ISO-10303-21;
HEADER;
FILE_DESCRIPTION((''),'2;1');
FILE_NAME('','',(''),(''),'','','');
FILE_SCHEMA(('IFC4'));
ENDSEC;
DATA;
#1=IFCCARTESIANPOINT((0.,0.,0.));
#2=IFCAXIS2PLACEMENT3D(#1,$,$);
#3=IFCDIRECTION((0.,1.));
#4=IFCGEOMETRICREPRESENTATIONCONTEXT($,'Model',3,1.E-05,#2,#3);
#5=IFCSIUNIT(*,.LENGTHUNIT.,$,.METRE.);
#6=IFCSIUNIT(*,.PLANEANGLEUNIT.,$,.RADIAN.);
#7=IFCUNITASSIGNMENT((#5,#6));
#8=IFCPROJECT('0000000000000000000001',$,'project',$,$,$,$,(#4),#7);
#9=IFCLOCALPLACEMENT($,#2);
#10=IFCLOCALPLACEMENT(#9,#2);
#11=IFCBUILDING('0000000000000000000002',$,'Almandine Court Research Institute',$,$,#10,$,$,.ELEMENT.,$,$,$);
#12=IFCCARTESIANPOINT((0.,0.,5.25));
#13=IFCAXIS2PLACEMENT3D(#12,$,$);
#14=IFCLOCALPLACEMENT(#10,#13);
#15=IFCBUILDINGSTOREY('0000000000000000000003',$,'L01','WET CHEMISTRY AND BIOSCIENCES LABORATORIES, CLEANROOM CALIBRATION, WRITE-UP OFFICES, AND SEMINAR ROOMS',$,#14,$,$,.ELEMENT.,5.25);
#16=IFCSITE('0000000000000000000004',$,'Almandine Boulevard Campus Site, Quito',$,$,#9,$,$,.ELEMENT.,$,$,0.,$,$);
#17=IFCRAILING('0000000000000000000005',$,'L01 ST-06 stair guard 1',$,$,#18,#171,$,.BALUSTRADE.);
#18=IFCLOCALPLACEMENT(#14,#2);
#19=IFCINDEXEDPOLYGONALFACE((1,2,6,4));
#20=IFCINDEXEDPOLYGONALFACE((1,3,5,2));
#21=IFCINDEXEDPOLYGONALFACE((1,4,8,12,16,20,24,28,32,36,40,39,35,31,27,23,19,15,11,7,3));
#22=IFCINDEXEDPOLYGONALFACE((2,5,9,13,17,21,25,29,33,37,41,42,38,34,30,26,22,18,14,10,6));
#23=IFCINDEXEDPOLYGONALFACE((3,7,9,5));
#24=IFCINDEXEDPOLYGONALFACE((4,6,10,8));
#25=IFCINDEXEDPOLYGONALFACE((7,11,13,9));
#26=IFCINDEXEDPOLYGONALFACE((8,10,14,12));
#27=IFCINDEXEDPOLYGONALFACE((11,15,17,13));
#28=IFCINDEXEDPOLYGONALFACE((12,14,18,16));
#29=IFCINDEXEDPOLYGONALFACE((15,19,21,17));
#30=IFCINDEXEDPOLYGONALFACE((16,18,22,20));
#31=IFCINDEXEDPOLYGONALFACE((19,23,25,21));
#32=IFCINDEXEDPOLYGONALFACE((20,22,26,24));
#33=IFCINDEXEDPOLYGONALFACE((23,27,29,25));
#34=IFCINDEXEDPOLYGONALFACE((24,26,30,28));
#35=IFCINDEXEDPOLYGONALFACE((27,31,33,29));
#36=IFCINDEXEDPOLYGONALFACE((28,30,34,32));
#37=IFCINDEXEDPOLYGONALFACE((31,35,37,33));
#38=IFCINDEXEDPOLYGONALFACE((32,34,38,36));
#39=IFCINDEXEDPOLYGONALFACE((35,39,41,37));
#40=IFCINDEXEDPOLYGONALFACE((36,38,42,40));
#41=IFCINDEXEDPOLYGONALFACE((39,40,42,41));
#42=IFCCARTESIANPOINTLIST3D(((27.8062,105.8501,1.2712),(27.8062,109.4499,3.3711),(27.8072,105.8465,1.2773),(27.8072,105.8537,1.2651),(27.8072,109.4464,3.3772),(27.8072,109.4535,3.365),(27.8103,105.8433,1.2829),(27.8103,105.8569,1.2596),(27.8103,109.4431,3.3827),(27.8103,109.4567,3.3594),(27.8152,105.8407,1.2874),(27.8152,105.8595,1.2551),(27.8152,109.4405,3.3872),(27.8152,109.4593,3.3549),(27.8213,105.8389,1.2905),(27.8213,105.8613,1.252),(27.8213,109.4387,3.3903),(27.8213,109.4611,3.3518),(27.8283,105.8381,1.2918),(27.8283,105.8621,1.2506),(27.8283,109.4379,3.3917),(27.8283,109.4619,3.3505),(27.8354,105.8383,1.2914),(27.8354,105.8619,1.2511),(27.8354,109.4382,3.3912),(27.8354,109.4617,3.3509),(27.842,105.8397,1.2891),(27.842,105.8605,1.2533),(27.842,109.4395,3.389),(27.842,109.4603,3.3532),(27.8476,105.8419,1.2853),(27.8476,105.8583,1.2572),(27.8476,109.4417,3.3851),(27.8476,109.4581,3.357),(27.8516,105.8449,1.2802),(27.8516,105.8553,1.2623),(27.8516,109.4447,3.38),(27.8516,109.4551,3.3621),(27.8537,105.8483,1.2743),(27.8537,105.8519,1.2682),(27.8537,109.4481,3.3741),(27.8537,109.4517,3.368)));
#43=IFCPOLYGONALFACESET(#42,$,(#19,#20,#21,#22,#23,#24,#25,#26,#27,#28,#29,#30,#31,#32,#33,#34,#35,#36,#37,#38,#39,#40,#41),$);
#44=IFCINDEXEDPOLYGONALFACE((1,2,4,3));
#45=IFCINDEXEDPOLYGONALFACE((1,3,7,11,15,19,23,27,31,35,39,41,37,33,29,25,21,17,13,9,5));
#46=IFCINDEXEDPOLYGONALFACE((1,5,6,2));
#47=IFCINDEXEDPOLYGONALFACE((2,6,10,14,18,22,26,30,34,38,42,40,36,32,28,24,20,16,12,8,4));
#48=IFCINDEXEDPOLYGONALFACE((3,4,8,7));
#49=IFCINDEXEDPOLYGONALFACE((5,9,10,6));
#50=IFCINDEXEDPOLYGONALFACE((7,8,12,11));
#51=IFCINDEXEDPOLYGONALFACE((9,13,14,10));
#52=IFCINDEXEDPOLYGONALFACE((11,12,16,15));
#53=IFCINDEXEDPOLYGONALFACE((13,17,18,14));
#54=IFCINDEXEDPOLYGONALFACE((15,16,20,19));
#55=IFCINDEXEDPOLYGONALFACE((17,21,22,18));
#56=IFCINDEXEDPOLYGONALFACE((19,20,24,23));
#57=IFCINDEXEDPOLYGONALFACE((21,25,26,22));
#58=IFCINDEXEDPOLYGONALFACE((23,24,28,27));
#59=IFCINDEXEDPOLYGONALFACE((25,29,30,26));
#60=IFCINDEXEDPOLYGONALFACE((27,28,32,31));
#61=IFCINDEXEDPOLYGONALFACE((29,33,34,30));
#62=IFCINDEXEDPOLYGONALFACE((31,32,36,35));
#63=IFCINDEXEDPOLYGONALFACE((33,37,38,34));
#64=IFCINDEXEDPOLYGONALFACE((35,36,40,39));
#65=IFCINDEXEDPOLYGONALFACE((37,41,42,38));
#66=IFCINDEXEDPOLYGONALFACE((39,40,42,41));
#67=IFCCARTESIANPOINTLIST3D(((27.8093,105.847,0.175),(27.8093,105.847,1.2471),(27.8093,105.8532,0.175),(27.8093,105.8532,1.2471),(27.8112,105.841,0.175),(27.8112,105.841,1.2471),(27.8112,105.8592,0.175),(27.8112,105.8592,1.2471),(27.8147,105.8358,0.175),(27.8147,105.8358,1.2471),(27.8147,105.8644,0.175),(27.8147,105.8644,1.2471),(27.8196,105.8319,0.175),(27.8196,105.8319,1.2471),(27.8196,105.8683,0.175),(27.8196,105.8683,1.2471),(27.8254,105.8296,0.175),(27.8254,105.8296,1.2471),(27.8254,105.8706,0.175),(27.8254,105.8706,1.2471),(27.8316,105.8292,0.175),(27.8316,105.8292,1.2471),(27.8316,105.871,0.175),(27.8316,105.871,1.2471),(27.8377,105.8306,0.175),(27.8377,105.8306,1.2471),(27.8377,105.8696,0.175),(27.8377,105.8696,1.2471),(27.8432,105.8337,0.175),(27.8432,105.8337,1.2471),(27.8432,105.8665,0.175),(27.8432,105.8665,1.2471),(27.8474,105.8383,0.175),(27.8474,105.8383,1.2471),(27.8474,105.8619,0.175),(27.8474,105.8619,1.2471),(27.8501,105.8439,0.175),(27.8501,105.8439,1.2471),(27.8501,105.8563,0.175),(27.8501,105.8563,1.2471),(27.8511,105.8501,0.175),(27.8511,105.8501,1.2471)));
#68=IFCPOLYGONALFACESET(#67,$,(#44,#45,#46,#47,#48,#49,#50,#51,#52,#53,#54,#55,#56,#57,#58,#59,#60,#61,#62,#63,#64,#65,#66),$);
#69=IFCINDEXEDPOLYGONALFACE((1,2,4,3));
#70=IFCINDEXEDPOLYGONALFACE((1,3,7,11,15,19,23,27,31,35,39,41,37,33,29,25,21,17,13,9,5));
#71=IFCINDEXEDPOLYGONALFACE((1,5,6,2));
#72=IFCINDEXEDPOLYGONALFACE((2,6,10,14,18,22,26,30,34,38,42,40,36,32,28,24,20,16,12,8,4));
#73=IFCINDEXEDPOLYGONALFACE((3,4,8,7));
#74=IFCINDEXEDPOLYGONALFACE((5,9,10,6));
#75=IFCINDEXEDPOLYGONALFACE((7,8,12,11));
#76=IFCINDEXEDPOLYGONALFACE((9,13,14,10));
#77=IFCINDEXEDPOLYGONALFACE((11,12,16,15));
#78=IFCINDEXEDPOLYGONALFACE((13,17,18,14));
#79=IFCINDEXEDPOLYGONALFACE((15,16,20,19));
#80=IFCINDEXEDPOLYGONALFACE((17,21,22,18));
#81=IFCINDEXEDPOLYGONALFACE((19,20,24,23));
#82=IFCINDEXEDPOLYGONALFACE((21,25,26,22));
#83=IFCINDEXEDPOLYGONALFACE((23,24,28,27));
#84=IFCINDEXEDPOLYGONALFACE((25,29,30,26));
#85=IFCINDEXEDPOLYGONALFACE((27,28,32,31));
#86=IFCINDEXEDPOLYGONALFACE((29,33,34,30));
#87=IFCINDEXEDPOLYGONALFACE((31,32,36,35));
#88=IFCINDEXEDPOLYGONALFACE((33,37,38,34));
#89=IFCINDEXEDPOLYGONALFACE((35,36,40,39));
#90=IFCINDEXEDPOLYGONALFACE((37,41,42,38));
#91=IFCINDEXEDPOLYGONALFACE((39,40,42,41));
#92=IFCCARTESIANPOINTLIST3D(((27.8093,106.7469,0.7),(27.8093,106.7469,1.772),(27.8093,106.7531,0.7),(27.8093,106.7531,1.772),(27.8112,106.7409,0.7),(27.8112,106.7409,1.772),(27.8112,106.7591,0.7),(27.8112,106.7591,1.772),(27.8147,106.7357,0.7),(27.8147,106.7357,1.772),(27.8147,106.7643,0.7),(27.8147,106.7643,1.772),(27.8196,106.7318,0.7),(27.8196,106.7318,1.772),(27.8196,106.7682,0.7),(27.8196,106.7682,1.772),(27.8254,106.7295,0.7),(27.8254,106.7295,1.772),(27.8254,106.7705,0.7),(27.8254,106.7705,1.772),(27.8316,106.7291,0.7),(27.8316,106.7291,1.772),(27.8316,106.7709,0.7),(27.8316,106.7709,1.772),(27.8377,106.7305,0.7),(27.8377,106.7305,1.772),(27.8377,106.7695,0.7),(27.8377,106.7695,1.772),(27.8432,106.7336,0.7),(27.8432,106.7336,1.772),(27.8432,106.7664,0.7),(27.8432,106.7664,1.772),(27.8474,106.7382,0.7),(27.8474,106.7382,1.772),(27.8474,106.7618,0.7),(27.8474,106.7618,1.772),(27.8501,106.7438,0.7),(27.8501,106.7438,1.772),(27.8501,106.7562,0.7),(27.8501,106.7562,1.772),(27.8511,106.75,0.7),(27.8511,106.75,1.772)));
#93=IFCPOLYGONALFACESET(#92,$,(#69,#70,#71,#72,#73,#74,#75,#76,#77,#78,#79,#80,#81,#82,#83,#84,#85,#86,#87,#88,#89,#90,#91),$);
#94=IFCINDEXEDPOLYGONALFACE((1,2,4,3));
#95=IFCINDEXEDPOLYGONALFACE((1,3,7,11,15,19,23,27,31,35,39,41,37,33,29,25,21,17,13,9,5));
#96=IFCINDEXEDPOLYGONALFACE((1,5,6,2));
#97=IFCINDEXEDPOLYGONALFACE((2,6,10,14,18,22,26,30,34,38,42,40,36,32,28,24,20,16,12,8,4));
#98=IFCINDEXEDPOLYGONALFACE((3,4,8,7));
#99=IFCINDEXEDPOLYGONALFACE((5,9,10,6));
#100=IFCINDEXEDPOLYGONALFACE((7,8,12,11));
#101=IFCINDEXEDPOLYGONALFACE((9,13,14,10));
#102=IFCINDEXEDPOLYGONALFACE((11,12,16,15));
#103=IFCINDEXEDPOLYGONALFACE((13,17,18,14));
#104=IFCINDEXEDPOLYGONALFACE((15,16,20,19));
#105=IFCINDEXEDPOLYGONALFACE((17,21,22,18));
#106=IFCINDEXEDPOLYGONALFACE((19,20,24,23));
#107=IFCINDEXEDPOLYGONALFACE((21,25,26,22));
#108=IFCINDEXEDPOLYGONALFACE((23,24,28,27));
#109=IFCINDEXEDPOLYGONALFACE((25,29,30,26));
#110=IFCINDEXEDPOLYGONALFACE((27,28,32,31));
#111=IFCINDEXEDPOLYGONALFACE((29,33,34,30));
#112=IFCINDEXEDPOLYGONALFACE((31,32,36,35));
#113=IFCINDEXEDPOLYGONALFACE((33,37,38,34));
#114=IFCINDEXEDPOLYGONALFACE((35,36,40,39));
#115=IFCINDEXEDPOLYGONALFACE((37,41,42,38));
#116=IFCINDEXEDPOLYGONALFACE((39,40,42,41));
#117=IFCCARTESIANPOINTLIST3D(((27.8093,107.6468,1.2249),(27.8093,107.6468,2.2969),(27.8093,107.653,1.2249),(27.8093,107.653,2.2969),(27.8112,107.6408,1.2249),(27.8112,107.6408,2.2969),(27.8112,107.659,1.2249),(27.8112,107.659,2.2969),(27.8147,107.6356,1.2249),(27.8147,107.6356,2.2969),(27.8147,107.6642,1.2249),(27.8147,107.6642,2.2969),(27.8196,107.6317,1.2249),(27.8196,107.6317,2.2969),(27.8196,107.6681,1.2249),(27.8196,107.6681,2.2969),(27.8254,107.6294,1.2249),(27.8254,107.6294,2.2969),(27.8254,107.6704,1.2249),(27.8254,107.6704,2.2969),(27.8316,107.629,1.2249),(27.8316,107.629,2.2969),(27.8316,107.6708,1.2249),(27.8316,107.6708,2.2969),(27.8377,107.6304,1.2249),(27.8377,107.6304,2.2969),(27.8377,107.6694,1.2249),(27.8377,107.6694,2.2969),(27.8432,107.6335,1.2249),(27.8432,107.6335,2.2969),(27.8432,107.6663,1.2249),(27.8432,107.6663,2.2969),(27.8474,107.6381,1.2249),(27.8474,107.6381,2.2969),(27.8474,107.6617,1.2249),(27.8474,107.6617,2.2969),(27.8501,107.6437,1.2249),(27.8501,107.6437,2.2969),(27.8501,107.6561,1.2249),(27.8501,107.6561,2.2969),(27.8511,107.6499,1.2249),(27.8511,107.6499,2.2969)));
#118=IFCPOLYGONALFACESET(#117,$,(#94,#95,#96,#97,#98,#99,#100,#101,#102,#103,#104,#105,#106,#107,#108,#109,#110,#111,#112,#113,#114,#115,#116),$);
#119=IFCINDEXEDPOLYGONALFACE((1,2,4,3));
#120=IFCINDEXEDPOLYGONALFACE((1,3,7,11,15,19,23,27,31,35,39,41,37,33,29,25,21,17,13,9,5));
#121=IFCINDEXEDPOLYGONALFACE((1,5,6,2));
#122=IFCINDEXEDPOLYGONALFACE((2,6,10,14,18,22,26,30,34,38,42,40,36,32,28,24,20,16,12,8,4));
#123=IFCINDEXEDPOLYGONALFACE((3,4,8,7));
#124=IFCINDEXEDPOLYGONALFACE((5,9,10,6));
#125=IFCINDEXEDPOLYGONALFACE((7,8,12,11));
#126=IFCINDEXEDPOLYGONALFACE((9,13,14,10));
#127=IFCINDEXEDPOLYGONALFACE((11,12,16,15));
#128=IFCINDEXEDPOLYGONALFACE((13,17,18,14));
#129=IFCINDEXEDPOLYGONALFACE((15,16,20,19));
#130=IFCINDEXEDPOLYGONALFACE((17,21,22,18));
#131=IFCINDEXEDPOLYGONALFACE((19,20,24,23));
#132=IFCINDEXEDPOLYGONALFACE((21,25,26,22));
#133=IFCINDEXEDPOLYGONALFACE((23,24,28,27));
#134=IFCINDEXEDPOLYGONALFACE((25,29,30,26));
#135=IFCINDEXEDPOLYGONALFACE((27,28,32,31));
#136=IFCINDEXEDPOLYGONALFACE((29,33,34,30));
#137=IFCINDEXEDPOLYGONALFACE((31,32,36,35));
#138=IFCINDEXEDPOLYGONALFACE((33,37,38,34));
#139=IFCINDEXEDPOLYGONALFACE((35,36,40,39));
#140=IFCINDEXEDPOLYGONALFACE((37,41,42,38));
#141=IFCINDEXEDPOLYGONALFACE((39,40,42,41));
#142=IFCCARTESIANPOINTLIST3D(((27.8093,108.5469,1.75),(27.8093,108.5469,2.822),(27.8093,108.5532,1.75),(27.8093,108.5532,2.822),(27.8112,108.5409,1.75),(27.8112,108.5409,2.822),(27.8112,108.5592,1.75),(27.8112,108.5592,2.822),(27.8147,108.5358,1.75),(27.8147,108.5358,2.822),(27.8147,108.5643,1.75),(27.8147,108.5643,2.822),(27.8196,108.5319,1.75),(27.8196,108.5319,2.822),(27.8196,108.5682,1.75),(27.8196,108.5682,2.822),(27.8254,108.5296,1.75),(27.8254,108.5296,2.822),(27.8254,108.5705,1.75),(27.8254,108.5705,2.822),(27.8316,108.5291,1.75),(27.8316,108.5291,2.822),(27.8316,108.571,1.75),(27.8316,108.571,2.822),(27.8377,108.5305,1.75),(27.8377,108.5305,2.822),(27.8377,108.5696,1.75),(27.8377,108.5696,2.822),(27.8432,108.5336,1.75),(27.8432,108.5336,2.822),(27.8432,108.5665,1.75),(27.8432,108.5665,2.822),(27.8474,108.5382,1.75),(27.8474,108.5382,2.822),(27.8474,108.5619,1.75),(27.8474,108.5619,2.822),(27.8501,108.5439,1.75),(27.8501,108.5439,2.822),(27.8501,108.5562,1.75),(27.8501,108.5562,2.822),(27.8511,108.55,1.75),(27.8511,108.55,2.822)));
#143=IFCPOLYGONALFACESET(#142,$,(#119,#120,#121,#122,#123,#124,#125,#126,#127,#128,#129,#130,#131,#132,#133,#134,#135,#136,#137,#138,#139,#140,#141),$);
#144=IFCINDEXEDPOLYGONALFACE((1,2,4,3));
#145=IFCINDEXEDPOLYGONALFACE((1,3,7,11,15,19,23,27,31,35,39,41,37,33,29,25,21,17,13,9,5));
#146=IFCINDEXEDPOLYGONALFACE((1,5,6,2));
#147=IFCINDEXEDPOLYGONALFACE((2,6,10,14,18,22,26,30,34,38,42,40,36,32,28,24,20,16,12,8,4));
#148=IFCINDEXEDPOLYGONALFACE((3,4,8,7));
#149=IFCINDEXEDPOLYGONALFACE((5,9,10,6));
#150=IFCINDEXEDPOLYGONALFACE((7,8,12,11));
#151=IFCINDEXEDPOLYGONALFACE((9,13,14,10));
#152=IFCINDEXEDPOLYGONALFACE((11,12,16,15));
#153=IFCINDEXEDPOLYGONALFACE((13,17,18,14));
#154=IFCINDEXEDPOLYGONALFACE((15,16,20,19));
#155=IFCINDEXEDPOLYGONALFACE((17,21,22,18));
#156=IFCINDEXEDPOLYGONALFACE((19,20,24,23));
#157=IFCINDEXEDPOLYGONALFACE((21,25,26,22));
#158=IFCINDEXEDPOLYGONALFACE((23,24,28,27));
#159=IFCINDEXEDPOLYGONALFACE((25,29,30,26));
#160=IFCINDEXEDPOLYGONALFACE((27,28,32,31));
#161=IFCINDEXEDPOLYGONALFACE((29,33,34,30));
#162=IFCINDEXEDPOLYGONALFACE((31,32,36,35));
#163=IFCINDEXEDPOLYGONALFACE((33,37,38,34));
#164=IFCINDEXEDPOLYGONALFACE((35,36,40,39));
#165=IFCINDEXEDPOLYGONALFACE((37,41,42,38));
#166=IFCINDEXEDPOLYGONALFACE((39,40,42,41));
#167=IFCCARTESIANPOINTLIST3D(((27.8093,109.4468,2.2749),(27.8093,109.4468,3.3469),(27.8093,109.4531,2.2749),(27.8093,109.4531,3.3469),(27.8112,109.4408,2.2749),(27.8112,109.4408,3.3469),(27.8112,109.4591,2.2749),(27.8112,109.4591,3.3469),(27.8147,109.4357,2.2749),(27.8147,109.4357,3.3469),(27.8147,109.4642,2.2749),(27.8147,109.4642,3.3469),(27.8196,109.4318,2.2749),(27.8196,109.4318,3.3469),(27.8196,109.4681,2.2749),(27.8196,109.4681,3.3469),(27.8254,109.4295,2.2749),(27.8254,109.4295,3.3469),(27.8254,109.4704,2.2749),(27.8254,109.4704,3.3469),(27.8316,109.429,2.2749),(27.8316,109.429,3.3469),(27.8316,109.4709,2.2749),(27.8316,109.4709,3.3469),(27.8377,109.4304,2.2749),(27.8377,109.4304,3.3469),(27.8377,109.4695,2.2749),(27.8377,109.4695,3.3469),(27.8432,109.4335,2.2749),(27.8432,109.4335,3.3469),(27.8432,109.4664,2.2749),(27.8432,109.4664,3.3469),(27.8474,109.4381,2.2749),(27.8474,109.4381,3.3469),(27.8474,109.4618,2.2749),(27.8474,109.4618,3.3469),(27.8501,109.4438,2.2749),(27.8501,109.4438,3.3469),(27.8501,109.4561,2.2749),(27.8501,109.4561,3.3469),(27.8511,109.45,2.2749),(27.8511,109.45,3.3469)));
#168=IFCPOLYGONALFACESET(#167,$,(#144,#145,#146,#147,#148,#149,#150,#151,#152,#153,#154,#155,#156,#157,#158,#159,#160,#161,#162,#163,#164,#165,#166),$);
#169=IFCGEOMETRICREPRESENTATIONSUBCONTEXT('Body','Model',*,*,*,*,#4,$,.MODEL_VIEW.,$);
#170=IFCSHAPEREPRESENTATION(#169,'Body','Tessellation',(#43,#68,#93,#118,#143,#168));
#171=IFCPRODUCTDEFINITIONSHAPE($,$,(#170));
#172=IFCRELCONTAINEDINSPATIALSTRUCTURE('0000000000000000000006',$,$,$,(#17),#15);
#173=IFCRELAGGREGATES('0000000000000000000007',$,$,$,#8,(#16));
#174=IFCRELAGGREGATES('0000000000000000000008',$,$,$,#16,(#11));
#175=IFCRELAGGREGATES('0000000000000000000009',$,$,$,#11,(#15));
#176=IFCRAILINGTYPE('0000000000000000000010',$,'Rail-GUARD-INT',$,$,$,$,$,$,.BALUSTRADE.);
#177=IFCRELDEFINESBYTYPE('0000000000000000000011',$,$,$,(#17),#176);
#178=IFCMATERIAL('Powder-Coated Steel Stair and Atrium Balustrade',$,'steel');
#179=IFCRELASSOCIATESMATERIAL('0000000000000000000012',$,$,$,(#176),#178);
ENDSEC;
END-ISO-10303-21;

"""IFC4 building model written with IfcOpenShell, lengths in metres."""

from ifc_helpers import new_model, si_unit, direction, frame, origin, origin_2d, place, context, subcontext, project, spatial, circle, extrude, material, type_object, element, save


model = new_model("IFC4")

# Units and contexts
model_context = context("Model", 3, precision=1e-05, world=origin(), true_north=direction((0.0, 1.0)))
body_context = subcontext(model_context, "Body", "Model", "MODEL_VIEW")
ifc_project = project(units=[si_unit("LENGTHUNIT", "METRE"), si_unit("PLANEANGLEUNIT", "RADIAN")], contexts=[model_context])

# Site, building, storey
site_placement = place(None, origin())
site = spatial("IfcSite", under=ifc_project, at=site_placement, Name="Almandine Boulevard Campus Site, Quito", CompositionType="ELEMENT", RefElevation=0.0)
building_placement = place(site_placement, origin())
building = spatial("IfcBuilding", under=site, at=building_placement, Name="Almandine Court Research Institute", CompositionType="ELEMENT")
storey_placement = place(building_placement, frame((0.0, 0.0, 5.25)))
storey = spatial("IfcBuildingStorey", under=building, at=storey_placement, Name="L01", Description="WET CHEMISTRY AND BIOSCIENCES LABORATORIES, CLEANROOM CALIBRATION, WRITE-UP OFFICES, AND SEMINAR ROOMS", CompositionType="ELEMENT", Elevation=5.25)

# Railing
ifc_material_1 = material(Name="Powder-Coated Steel Stair and Atrium Balustrade", Category="steel")
railing_type_1 = type_object("IfcRailingType", Name="Rail-GUARD-INT", PredefinedType="BALUSTRADE", material=ifc_material_1)
railing_1_placement = place(storey_placement, frame((27.8301, 105.8501, 0.175)))
element("IfcRailing", 1, at=railing_1_placement, inside=storey, type_object=railing_type_1, Name="L01 ST-06 stair guard 1", PredefinedType="BALUSTRADE", context=body_context, shape_type="SweptSolid", body=[
    extrude(circle(Radius=0.0239, at=origin_2d()), frame((0.0, 0.0, 1.0962), z_axis=(0.0, 0.863785, 0.50386), x_axis=(-1.0, 0.0, 0.0)), (0.0, 0.0, 1.0), 4.1675),
    extrude(circle(Radius=0.021, at=origin_2d()), origin(), (0.0, 0.0, 1.0), 1.072),
    extrude(circle(Radius=0.021, at=origin_2d()), frame((0.0, 0.8999, 0.5249)), (0.0, 0.0, 1.0), 1.072),
    extrude(circle(Radius=0.021, at=origin_2d()), frame((0.0, 1.7998, 1.0498)), (0.0, 0.0, 1.0), 1.072),
    extrude(circle(Radius=0.021, at=origin_2d()), frame((0.0, 2.7, 1.575)), (0.0, 0.0, 1.0), 1.072),
    extrude(circle(Radius=0.021, at=origin_2d()), frame((0.0, 3.5999, 2.0999)), (0.0, 0.0, 1.0), 1.072),
])

save(model, "model.ifc")
